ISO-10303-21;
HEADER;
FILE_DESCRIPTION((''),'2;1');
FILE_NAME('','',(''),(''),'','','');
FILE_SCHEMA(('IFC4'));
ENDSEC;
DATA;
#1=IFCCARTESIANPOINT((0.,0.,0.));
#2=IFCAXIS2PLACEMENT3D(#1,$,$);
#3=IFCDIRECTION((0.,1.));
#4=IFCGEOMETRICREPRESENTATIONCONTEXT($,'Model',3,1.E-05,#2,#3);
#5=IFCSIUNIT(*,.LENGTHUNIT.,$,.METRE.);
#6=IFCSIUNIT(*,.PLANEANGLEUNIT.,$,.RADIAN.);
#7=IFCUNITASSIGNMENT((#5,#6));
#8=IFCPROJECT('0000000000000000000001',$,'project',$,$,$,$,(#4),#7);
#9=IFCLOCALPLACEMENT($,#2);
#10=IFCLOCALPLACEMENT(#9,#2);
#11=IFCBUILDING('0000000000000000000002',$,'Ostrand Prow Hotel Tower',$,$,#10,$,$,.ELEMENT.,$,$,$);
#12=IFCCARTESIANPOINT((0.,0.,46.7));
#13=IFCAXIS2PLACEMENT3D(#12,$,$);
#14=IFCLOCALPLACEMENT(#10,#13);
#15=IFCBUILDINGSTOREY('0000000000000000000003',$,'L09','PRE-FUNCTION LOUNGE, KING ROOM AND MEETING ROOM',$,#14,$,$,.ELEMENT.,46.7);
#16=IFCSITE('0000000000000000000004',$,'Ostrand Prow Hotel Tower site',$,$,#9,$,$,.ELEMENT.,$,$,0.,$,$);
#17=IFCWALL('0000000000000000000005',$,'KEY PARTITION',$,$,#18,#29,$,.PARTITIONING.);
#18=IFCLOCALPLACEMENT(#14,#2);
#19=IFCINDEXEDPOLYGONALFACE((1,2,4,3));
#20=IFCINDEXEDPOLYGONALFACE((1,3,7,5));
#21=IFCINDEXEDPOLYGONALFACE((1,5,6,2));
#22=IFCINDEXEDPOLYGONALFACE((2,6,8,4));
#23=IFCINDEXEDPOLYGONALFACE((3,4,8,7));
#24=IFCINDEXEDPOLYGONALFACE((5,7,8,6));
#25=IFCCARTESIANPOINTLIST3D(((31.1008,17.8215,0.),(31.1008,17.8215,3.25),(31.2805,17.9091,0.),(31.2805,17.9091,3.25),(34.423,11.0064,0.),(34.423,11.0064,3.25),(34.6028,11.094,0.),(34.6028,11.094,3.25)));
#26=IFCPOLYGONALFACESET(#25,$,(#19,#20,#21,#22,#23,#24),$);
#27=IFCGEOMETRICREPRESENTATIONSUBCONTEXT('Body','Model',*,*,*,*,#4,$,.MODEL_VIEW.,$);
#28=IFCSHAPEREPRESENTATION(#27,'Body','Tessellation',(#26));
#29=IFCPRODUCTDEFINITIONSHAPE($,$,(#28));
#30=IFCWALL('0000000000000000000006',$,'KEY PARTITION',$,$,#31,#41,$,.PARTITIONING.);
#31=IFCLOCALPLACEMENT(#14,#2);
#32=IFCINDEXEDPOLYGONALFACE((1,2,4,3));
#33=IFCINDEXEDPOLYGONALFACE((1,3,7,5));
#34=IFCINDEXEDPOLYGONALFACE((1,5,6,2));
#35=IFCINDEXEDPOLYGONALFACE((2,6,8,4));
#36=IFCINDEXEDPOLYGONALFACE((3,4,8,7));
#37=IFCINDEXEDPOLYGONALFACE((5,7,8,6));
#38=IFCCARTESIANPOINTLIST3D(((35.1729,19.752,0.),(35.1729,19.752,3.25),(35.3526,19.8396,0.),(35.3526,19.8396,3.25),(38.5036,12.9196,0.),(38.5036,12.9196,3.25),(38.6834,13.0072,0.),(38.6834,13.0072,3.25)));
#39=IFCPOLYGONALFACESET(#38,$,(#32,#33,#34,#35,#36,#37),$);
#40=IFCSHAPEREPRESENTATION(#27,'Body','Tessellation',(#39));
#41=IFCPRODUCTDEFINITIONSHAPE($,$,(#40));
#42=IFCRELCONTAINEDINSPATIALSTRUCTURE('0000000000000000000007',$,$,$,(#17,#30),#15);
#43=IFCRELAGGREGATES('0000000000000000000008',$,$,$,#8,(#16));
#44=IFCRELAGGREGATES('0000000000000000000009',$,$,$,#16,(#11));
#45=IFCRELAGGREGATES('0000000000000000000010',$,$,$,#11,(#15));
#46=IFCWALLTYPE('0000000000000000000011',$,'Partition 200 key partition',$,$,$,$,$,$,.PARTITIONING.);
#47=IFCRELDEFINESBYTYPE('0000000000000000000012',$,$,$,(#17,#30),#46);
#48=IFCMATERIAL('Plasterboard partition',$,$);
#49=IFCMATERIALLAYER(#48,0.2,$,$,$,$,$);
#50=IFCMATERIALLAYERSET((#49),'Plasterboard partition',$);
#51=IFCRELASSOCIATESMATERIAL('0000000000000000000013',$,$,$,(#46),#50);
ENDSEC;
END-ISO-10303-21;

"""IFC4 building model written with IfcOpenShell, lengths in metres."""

from ifc_helpers import new_model, si_unit, direction, frame, frame_2d, origin, place, context, subcontext, project, spatial, rectangle, extrude, material, layer, layer_set, type_object, element, save


model = new_model("IFC4")

# Units and contexts
model_context = context("Model", 3, precision=1e-05, world=origin(), true_north=direction((0.0, 1.0)))
body_context = subcontext(model_context, "Body", "Model", "MODEL_VIEW")
ifc_project = project(units=[si_unit("LENGTHUNIT", "METRE"), si_unit("PLANEANGLEUNIT", "RADIAN")], contexts=[model_context])

# Site, building, storey
site_placement = place(None, origin())
site = spatial("IfcSite", under=ifc_project, at=site_placement, Name="Ostrand Prow Hotel Tower site", CompositionType="ELEMENT", RefElevation=0.0)
building_placement = place(site_placement, origin())
building = spatial("IfcBuilding", under=site, at=building_placement, Name="Ostrand Prow Hotel Tower", CompositionType="ELEMENT")
storey_placement = place(building_placement, frame((0.0, 0.0, 46.7)))
storey = spatial("IfcBuildingStorey", under=building, at=storey_placement, Name="L09", Description="PRE-FUNCTION LOUNGE, KING ROOM AND MEETING ROOM", CompositionType="ELEMENT", Elevation=46.7)

# Walls
ifc_material_1 = material(Name="Plasterboard partition")
ifc_layer_1 = layer(ifc_material_1, 0.2)
ifc_layer_set_1 = layer_set([ifc_layer_1], Name="Plasterboard partition")
wall_type_1 = type_object("IfcWallType", Name="Partition 200 key partition", PredefinedType="PARTITIONING", material=ifc_layer_set_1)
wall_1_placement = place(storey_placement, frame((34.5129, 11.05, 0.0), z_axis=(0.0, 0.0, 1.0), x_axis=(-0.438188, 0.898884, 0.0)))
element("IfcWall", 1, at=wall_1_placement, inside=storey, type_object=wall_type_1, Name="KEY PARTITION", PredefinedType="PARTITIONING", context=body_context, shape_type="SweptSolid", body=[
    extrude(rectangle(XDim=7.5818, YDim=0.2, at=frame_2d((3.791, 0.0))), origin(), (0.0, 0.0, 1.0), 3.25),
])
wall_2_placement = place(storey_placement, frame((38.5935, 12.9634, 0.0), z_axis=(0.0, 0.0, 1.0), x_axis=(-0.438198, 0.898879, 0.0)))
element("IfcWall", 2, at=wall_2_placement, inside=storey, type_object=wall_type_1, Name="KEY PARTITION", PredefinedType="PARTITIONING", context=body_context, shape_type="SweptSolid", body=[
    extrude(rectangle(XDim=7.6011, YDim=0.2, at=frame_2d((3.8005, 0.0))), origin(), (0.0, 0.0, 1.0), 3.25),
])

save(model, "model.ifc")
